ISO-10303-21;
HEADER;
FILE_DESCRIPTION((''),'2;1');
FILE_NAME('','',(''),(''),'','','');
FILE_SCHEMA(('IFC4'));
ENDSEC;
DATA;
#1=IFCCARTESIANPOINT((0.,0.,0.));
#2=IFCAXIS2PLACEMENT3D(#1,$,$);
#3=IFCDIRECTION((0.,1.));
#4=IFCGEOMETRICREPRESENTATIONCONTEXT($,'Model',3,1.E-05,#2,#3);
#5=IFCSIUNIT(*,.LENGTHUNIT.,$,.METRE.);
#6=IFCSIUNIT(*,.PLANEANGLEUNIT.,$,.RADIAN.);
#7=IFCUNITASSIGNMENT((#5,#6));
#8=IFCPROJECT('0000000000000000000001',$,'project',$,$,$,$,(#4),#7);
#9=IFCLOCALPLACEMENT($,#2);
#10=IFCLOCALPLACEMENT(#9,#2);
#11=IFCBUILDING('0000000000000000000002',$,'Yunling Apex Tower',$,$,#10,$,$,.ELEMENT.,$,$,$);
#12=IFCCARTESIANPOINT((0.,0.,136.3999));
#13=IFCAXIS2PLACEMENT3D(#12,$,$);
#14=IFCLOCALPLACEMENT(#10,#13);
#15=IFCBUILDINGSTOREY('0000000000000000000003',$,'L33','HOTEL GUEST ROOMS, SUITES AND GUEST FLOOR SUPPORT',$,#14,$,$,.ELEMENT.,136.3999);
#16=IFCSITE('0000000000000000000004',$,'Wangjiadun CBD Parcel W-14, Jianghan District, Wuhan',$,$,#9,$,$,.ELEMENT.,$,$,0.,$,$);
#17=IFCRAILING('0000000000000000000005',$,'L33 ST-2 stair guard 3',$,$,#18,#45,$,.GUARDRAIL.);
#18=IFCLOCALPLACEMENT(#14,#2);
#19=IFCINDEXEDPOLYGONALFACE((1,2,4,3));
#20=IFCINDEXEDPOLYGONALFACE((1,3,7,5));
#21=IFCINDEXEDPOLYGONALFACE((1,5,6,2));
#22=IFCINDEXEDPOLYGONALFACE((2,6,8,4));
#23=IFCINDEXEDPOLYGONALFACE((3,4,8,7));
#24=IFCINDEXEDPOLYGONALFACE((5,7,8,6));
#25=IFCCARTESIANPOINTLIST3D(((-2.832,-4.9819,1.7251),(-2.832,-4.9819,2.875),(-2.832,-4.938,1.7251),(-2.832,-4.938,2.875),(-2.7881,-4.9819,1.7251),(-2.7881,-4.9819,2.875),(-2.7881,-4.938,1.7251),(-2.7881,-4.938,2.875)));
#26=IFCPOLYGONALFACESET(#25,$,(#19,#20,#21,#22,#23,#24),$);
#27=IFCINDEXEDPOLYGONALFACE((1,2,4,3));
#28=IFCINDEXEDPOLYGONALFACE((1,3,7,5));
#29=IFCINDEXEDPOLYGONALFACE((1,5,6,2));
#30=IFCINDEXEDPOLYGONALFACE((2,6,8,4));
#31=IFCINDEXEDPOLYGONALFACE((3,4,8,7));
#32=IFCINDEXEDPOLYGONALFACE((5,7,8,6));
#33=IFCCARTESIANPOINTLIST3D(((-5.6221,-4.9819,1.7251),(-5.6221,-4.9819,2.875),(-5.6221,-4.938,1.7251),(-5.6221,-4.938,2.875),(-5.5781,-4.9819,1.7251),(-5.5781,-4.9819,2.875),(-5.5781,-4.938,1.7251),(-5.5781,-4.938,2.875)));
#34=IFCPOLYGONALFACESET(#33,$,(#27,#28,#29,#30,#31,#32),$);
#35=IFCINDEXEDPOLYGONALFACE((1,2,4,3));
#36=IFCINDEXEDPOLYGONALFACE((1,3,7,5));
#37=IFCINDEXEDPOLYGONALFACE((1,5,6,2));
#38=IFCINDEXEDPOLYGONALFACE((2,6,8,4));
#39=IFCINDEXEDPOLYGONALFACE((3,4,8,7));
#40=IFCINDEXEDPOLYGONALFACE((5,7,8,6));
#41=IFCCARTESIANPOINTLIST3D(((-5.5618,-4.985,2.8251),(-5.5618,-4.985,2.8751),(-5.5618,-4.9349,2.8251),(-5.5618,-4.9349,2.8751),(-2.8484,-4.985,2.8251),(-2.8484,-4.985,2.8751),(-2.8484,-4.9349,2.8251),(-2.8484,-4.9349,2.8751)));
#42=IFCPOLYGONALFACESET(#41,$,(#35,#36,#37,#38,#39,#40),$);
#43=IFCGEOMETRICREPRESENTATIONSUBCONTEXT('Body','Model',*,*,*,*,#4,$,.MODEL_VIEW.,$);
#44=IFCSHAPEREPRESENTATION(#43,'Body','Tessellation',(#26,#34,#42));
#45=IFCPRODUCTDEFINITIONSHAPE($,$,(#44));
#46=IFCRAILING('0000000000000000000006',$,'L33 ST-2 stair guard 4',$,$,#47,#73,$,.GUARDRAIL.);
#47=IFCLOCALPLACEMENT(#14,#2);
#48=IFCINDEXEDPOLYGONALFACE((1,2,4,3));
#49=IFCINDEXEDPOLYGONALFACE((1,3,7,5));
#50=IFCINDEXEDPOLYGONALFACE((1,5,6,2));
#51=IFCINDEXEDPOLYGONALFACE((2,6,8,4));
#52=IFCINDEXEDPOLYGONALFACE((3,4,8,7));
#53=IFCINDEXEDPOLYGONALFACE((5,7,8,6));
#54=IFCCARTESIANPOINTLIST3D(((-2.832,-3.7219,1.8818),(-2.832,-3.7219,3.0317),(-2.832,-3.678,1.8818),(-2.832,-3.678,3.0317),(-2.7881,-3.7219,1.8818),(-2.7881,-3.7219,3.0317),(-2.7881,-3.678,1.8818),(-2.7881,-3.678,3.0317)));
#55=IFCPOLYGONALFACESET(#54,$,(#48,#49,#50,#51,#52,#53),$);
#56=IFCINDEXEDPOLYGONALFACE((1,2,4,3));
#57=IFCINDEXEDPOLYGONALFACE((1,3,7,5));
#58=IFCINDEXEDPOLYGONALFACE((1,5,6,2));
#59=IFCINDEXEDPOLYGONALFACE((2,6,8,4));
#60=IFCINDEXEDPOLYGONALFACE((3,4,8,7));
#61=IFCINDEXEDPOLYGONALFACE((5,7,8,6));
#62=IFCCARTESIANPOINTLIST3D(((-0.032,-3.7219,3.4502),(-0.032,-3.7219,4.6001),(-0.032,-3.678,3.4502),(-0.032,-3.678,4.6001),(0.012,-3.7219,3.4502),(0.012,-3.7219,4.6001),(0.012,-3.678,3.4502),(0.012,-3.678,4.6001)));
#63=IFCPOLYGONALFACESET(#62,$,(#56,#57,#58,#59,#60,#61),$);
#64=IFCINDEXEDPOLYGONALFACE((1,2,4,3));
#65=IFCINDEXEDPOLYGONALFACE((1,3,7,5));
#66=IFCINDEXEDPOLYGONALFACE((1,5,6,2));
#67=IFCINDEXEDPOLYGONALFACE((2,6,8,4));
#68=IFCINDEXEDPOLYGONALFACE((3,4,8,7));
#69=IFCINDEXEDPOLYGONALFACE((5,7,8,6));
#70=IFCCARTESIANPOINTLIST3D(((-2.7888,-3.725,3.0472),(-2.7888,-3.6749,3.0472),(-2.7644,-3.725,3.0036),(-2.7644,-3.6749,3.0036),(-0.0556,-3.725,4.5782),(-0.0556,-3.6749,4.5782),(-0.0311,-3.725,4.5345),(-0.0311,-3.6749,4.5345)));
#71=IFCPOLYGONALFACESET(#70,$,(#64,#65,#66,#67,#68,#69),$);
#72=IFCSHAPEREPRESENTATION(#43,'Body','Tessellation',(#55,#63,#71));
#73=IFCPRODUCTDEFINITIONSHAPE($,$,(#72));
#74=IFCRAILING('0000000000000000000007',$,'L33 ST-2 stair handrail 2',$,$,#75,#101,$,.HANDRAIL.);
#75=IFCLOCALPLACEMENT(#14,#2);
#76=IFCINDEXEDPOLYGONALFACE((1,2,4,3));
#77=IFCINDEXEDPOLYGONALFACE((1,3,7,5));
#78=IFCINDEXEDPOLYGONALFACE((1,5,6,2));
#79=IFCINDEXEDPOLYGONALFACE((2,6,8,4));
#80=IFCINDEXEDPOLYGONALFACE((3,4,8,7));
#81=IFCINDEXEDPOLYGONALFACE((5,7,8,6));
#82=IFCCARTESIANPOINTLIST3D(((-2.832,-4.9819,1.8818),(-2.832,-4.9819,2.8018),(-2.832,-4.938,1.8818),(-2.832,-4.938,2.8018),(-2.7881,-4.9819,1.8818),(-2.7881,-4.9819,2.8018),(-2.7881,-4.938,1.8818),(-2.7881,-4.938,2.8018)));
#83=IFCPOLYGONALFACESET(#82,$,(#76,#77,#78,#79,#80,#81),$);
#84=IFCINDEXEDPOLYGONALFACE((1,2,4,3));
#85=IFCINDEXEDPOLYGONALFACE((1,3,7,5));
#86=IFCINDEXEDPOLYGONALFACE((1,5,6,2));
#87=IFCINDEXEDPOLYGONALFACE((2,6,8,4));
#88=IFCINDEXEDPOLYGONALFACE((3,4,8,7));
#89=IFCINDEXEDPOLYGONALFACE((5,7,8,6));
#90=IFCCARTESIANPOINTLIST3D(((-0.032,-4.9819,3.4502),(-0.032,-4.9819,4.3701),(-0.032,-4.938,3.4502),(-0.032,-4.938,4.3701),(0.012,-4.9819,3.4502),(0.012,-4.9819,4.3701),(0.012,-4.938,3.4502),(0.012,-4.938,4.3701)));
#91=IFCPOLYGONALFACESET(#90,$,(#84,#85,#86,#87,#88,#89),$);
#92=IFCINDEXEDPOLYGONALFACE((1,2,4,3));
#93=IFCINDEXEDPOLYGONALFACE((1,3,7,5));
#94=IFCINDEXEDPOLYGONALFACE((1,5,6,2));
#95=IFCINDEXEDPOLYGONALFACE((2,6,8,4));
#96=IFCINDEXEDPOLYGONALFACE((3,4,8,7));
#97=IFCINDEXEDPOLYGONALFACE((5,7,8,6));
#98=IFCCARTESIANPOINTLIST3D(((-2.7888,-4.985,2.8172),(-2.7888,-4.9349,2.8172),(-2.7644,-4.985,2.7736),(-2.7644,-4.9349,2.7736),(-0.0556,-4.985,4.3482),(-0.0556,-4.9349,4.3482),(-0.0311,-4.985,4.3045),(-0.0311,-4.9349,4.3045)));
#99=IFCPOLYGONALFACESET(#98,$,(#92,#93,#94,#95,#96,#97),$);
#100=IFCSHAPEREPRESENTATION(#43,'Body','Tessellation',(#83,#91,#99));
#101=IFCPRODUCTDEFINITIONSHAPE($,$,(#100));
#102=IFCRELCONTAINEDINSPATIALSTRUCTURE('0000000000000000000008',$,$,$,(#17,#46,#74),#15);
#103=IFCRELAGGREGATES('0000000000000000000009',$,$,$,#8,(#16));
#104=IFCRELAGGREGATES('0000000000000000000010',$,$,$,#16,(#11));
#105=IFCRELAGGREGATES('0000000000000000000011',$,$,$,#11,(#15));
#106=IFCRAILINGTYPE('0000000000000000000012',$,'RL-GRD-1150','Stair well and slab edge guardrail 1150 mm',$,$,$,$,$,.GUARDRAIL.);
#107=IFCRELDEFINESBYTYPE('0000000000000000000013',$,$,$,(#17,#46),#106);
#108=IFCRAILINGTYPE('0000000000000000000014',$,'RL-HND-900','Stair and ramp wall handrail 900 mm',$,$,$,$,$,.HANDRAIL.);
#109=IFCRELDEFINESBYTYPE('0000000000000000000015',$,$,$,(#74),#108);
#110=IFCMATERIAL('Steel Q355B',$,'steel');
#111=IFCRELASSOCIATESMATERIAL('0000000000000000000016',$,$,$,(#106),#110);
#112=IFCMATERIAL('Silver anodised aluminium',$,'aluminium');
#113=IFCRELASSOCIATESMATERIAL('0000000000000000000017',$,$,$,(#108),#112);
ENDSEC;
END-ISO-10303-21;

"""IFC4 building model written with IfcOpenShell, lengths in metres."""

from ifc_helpers import new_model, si_unit, direction, frame, origin, origin_2d, place, context, subcontext, project, spatial, rectangle, extrude, material, type_object, element, save


model = new_model("IFC4")

# Units and contexts
model_context = context("Model", 3, precision=1e-05, world=origin(), true_north=direction((0.0, 1.0)))
body_context = subcontext(model_context, "Body", "Model", "MODEL_VIEW")
ifc_project = project(units=[si_unit("LENGTHUNIT", "METRE"), si_unit("PLANEANGLEUNIT", "RADIAN")], contexts=[model_context])

# Site, building, storey
site_placement = place(None, origin())
site = spatial("IfcSite", under=ifc_project, at=site_placement, Name="Wangjiadun CBD Parcel W-14, Jianghan District, Wuhan", CompositionType="ELEMENT", RefElevation=0.0)
building_placement = place(site_placement, origin())
building = spatial("IfcBuilding", under=site, at=building_placement, Name="Yunling Apex Tower", CompositionType="ELEMENT")
storey_placement = place(building_placement, frame((0.0, 0.0, 136.3999)))
storey = spatial("IfcBuildingStorey", under=building, at=storey_placement, Name="L33", Description="HOTEL GUEST ROOMS, SUITES AND GUEST FLOOR SUPPORT", CompositionType="ELEMENT", Elevation=136.3999)

# Shared definitions
ifc_material_1 = material(Name="Steel Q355B", Category="steel")

# Shared definitions
ifc_material_2 = material(Name="Silver anodised aluminium", Category="aluminium")

# Railings
railing_type_1 = type_object("IfcRailingType", Name="RL-GRD-1150", Description="Stair well and slab edge guardrail 1150 mm", PredefinedType="GUARDRAIL", material=ifc_material_1)
railing_1_placement = place(storey_placement, frame((-2.8101, -4.96, 1.7251)))
element("IfcRailing", 1, at=railing_1_placement, inside=storey, type_object=railing_type_1, Name="L33 ST-2 stair guard 3", PredefinedType="GUARDRAIL", context=body_context, shape_type="SweptSolid", body=[
    extrude(rectangle(XDim=0.0439, YDim=0.0439, at=origin_2d()), origin(), (0.0, 0.0, 1.0), 1.1499),
    extrude(rectangle(XDim=0.0439, YDim=0.0439, at=origin_2d()), frame((-2.79, 0.0, 0.0)), (0.0, 0.0, 1.0), 1.1499),
    extrude(rectangle(XDim=0.05, YDim=0.05, at=origin_2d()), frame((-0.0383, 0.0, 1.125), z_axis=(-1.0, 0.0, 0.0), x_axis=(0.0, -1.0, 0.0)), (0.0, 0.0, 1.0), 2.7134),
])
railing_2_placement = place(storey_placement, frame((-2.8101, -3.7, 1.8818)))
element("IfcRailing", 2, at=railing_2_placement, inside=storey, type_object=railing_type_1, Name="L33 ST-2 stair guard 4", PredefinedType="GUARDRAIL", context=body_context, shape_type="SweptSolid", body=[
    extrude(rectangle(XDim=0.0439, YDim=0.0439, at=origin_2d()), origin(), (0.0, 0.0, 1.0), 1.1499),
    extrude(rectangle(XDim=0.0439, YDim=0.0439, at=origin_2d()), frame((2.8, 0.0, 1.5684)), (0.0, 0.0, 1.0), 1.1499),
    extrude(rectangle(XDim=0.05, YDim=0.05, at=origin_2d()), frame((0.0334, 0.0, 1.1436), z_axis=(0.872462, 0.0, 0.488682), x_axis=(0.0, 1.0, 0.0)), (0.0, 0.0, 1.0), 3.1328),
])
railing_type_2 = type_object("IfcRailingType", Name="RL-HND-900", Description="Stair and ramp wall handrail 900 mm", PredefinedType="HANDRAIL", material=ifc_material_2)
railing_3_placement = place(storey_placement, frame((-2.8101, -4.96, 1.8818)))
element("IfcRailing", 3, at=railing_3_placement, inside=storey, type_object=railing_type_2, Name="L33 ST-2 stair handrail 2", PredefinedType="HANDRAIL", context=body_context, shape_type="SweptSolid", body=[
    extrude(rectangle(XDim=0.0439, YDim=0.0439, at=origin_2d()), origin(), (0.0, 0.0, 1.0), 0.9199),
    extrude(rectangle(XDim=0.0439, YDim=0.0439, at=origin_2d()), frame((2.8, 0.0, 1.5684)), (0.0, 0.0, 1.0), 0.9199),
    extrude(rectangle(XDim=0.05, YDim=0.05, at=origin_2d()), frame((0.0334, 0.0, 0.9136), z_axis=(0.872462, 0.0, 0.488682), x_axis=(0.0, 1.0, 0.0)), (0.0, 0.0, 1.0), 3.1328),
])

save(model, "model.ifc")
